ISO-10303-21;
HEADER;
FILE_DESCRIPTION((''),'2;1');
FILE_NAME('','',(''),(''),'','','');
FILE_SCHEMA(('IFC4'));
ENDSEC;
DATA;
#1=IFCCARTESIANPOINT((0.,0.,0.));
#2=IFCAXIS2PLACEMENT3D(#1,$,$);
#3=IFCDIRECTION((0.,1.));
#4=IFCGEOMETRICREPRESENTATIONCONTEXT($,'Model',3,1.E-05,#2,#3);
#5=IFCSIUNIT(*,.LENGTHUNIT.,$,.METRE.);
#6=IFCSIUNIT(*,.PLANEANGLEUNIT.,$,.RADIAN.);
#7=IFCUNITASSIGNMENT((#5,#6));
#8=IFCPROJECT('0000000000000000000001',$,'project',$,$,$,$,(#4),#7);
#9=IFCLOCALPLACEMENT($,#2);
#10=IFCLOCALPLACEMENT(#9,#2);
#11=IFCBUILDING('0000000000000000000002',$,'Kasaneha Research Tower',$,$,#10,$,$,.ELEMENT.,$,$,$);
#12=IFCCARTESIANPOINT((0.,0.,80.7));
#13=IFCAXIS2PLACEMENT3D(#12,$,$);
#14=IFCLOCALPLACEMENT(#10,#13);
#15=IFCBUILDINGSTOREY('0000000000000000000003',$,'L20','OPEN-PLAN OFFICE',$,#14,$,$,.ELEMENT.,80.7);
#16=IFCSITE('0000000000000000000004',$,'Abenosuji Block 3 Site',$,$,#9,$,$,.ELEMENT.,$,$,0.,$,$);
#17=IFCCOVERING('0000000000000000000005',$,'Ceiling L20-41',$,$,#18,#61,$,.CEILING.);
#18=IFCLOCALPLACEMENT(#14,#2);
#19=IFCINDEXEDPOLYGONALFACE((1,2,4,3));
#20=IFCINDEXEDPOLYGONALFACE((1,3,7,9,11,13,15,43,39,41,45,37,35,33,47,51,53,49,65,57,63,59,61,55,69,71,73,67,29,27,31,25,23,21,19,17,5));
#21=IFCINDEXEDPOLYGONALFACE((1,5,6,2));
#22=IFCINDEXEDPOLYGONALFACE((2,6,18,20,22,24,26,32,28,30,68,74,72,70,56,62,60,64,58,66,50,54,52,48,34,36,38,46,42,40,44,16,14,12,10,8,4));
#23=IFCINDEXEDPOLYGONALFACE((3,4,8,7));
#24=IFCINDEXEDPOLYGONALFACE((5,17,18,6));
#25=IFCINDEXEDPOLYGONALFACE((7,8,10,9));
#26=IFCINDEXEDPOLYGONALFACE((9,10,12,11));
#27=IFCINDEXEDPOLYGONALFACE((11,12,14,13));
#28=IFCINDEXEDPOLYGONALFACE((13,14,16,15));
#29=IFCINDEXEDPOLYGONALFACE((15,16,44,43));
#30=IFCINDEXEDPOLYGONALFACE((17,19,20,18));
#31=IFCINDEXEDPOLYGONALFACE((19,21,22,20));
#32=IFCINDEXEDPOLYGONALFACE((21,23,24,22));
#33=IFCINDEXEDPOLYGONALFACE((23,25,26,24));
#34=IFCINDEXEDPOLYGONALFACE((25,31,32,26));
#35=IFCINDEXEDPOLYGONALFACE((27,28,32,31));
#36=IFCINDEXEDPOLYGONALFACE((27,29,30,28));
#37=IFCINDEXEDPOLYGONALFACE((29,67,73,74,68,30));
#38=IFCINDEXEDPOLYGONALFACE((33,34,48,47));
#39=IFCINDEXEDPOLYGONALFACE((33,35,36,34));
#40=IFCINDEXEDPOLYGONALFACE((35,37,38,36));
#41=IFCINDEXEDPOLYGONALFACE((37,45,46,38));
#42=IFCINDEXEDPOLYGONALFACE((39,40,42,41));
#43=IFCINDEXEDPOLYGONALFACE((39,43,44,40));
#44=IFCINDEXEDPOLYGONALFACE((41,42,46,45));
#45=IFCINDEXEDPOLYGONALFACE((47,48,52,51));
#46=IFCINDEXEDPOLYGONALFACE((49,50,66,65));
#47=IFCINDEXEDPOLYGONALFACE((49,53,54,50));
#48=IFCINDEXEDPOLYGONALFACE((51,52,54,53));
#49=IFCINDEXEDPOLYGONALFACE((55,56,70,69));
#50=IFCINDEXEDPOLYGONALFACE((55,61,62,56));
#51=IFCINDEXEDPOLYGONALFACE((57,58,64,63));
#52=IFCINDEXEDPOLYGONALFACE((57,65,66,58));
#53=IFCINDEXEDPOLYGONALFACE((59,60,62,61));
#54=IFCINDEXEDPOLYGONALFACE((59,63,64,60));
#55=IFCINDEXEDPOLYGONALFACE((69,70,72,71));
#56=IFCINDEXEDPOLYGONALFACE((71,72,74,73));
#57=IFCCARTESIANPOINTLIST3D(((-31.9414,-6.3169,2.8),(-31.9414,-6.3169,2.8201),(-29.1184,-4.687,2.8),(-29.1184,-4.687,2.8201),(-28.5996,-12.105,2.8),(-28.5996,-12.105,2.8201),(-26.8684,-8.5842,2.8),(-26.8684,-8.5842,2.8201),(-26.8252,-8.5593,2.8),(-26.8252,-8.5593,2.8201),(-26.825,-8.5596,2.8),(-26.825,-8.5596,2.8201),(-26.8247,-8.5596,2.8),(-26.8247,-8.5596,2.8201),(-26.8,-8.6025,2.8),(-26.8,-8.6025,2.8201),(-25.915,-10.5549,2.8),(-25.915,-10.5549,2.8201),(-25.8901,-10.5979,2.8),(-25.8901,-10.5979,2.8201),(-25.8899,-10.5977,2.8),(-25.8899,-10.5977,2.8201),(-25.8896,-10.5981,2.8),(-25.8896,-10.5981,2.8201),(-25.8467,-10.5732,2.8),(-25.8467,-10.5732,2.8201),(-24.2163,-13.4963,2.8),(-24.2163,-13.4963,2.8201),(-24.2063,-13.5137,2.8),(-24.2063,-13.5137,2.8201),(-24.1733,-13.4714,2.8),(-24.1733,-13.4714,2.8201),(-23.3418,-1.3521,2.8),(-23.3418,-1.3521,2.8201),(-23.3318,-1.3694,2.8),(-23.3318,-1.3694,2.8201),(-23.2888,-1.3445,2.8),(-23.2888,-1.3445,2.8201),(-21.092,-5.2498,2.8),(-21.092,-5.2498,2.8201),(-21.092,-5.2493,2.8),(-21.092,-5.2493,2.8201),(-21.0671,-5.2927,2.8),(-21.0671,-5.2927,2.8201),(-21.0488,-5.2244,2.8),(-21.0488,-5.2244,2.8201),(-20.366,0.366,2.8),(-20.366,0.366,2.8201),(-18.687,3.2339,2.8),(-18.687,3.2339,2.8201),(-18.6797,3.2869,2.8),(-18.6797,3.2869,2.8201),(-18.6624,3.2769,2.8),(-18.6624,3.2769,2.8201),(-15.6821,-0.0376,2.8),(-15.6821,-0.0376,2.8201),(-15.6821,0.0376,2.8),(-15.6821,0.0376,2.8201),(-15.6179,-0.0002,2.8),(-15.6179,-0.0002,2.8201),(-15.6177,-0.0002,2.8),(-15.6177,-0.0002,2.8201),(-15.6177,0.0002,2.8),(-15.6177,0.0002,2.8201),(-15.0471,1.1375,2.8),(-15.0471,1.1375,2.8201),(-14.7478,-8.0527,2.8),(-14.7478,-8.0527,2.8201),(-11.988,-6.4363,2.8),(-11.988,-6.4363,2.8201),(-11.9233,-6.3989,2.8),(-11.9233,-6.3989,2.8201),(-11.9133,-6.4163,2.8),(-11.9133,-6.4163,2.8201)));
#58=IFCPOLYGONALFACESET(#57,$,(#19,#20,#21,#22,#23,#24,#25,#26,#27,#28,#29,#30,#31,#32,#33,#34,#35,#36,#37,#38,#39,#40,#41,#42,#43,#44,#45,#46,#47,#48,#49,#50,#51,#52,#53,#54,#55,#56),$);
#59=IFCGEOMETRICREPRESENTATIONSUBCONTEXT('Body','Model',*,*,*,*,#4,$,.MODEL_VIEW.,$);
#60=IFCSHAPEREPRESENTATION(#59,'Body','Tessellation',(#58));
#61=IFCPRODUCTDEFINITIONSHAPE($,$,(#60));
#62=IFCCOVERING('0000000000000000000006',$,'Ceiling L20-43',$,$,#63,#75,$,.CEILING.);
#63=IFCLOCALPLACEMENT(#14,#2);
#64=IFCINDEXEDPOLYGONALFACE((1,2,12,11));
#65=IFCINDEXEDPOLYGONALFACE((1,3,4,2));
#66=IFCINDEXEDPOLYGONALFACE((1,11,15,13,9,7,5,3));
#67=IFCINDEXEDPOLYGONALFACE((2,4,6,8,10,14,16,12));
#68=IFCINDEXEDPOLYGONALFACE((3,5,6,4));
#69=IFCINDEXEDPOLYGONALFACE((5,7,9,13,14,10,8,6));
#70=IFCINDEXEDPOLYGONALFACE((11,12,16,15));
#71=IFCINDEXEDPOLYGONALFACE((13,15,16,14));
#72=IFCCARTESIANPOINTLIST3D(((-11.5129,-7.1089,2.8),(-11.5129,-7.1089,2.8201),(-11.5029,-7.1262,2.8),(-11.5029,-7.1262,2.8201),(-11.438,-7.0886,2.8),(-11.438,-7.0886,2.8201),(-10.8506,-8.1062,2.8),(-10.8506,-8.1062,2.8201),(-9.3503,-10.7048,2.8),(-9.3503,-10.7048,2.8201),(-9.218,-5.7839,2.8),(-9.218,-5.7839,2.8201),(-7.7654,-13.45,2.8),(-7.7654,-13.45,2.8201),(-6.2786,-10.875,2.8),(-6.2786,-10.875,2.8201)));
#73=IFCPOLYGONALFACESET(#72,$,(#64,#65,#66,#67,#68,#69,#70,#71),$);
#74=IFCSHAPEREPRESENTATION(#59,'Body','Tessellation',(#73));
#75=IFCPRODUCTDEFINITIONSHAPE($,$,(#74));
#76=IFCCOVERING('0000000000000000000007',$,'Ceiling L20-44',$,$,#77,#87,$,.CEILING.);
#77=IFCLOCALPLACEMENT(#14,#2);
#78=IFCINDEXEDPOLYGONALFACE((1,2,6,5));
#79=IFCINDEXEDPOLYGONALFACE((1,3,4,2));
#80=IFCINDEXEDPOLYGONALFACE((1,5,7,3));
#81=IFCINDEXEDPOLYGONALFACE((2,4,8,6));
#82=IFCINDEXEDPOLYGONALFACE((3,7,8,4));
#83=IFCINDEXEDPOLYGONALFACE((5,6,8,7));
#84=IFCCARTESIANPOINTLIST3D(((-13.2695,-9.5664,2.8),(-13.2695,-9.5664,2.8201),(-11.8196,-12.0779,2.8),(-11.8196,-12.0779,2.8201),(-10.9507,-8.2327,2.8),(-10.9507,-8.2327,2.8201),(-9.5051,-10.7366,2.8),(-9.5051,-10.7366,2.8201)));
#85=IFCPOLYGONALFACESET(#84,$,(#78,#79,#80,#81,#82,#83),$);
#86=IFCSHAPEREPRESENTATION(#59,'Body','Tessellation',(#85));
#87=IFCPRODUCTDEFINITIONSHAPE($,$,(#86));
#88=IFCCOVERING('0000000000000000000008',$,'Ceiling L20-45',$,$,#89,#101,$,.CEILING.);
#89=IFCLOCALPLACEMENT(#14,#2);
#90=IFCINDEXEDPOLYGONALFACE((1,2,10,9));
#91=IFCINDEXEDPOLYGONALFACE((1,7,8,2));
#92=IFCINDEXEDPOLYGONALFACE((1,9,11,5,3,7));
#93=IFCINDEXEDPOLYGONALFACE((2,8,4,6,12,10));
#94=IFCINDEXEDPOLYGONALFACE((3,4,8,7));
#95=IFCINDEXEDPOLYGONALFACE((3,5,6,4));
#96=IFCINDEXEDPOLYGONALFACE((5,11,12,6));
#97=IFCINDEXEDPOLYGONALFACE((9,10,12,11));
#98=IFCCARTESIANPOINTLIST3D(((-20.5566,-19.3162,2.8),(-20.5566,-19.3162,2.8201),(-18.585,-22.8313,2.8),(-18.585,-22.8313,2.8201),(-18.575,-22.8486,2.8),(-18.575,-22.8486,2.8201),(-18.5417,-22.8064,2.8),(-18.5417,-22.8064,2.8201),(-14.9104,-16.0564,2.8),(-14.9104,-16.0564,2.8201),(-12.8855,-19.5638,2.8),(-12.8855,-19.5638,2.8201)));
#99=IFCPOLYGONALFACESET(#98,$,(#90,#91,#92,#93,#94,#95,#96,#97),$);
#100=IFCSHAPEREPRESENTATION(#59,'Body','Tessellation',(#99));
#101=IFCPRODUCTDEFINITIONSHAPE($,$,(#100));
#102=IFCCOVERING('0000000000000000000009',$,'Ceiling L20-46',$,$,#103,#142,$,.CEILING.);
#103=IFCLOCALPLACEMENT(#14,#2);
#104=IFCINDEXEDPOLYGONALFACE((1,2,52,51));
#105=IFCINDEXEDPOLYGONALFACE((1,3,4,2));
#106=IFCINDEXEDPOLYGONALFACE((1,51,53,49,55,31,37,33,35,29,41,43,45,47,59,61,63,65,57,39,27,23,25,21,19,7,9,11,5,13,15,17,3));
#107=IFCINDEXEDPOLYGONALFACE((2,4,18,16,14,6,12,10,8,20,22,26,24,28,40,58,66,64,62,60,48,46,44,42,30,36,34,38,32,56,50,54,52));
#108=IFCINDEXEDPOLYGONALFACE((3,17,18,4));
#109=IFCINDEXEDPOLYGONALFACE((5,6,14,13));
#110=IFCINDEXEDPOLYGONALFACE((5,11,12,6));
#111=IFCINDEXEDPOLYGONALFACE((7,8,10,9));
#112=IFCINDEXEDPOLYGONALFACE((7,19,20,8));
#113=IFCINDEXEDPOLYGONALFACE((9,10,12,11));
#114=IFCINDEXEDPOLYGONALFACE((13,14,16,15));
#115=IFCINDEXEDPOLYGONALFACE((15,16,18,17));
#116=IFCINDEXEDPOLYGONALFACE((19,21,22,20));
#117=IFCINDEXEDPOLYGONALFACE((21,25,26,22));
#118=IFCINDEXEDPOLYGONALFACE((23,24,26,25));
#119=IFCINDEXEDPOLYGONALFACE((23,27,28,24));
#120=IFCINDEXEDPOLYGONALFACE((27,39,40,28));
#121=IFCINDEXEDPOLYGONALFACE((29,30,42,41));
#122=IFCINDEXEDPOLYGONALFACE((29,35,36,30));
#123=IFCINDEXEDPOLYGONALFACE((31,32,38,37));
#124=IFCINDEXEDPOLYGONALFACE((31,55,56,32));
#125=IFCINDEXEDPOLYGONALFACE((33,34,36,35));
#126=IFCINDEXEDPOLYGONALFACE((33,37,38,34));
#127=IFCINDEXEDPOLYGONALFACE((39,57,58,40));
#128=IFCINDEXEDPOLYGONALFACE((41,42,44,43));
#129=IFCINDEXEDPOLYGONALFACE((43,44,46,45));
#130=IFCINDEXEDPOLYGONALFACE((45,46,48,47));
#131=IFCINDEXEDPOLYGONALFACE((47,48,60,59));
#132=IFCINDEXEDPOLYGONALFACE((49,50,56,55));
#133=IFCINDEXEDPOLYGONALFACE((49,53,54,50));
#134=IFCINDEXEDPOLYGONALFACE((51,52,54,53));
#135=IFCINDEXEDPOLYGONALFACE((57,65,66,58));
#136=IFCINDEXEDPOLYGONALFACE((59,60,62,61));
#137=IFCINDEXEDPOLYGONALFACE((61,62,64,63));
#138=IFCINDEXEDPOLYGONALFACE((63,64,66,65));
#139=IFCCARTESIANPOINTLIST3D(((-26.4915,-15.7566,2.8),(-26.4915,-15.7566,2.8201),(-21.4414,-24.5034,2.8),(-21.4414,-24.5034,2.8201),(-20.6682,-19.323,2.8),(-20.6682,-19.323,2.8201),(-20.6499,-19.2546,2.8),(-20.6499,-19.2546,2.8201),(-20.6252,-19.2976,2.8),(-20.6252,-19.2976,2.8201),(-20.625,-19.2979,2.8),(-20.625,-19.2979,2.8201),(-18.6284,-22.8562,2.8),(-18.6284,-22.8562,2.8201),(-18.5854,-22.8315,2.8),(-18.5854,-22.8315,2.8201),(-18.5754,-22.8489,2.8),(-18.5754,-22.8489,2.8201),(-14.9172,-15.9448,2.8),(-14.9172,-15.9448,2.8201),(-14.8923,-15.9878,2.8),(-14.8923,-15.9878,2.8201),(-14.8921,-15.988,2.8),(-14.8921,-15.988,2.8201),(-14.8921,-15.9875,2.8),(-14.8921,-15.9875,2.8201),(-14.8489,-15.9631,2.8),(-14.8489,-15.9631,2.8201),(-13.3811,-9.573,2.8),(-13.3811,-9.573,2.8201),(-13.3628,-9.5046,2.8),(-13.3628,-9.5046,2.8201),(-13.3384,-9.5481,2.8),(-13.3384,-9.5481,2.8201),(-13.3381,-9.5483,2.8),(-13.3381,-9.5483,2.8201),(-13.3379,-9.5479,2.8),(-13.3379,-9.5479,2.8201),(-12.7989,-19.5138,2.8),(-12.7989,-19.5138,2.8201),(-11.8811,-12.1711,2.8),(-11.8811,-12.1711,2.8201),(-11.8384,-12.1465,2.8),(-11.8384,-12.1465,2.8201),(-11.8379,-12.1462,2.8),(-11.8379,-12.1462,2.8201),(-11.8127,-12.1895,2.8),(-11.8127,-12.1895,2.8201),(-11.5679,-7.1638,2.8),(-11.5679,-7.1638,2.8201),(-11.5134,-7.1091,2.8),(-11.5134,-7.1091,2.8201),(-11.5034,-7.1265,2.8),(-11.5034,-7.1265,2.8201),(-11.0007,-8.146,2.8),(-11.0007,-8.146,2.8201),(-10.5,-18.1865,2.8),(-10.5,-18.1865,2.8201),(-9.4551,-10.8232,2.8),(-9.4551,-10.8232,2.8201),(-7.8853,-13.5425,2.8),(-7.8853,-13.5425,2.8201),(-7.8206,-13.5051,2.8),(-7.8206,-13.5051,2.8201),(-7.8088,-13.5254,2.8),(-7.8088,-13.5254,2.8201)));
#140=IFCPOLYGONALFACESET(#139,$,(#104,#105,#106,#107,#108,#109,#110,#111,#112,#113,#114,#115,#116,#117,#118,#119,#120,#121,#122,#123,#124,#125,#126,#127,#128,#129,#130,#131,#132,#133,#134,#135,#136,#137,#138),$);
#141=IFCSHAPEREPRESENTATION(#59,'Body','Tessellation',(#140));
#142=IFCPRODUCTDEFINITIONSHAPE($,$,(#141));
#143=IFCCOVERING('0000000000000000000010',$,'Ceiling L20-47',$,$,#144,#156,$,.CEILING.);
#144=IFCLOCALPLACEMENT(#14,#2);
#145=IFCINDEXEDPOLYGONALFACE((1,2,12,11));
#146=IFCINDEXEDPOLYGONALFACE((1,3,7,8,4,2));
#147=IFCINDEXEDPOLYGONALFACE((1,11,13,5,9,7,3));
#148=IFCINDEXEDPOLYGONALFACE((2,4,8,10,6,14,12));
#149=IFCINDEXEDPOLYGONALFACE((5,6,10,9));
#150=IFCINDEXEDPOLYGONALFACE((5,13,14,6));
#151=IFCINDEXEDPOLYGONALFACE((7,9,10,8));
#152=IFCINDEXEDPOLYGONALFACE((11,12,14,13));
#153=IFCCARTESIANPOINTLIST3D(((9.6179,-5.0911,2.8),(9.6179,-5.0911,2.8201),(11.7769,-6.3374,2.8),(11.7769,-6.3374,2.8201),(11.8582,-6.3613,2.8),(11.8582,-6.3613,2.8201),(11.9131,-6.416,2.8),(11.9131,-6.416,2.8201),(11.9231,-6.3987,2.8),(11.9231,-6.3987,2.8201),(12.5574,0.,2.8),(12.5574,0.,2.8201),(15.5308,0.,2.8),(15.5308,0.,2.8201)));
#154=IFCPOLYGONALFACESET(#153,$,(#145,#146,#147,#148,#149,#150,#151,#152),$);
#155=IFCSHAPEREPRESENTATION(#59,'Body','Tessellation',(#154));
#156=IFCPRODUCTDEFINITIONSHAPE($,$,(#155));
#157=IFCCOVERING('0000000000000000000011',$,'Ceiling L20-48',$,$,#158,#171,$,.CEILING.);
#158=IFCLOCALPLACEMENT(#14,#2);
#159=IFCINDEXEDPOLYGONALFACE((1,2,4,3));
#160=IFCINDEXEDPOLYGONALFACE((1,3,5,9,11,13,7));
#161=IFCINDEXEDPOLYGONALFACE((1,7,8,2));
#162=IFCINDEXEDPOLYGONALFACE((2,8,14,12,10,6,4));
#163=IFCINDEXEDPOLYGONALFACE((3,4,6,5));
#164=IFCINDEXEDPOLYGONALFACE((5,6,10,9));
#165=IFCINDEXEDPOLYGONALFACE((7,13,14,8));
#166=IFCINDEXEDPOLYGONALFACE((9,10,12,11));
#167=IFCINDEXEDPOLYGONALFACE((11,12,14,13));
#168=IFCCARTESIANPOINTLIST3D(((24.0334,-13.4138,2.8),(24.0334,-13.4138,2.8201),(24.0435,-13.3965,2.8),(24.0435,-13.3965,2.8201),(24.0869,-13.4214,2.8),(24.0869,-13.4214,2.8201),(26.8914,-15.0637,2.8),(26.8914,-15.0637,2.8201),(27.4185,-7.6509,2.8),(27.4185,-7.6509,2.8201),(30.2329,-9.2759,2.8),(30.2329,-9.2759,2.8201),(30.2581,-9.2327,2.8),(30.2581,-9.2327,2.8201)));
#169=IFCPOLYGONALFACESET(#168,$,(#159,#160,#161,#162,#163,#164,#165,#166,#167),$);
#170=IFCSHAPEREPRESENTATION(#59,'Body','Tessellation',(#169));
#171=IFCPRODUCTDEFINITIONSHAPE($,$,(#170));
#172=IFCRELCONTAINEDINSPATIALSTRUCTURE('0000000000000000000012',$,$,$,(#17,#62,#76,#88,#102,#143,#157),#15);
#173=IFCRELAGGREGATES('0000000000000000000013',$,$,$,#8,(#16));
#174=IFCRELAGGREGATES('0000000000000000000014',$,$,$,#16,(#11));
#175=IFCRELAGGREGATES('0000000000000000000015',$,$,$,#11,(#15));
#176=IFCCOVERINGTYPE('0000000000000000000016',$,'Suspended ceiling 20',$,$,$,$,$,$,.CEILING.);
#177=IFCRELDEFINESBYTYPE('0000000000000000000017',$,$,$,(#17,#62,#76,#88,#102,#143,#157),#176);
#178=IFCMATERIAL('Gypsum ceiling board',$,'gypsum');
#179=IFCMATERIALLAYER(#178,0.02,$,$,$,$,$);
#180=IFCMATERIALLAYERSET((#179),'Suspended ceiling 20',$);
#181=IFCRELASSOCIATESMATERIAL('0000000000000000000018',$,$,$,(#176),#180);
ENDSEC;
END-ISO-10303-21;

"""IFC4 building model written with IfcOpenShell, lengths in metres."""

from ifc_helpers import new_model, si_unit, direction, frame, origin, place, context, subcontext, project, spatial, polyline, outline, extrude, material, layer, layer_set, type_object, element, save


model = new_model("IFC4")

# Units and contexts
model_context = context("Model", 3, precision=1e-05, world=origin(), true_north=direction((0.0, 1.0)))
body_context = subcontext(model_context, "Body", "Model", "MODEL_VIEW")
ifc_project = project(units=[si_unit("LENGTHUNIT", "METRE"), si_unit("PLANEANGLEUNIT", "RADIAN")], contexts=[model_context])

# Site, building, storey
site_placement = place(None, origin())
site = spatial("IfcSite", under=ifc_project, at=site_placement, Name="Abenosuji Block 3 Site", CompositionType="ELEMENT", RefElevation=0.0)
building_placement = place(site_placement, origin())
building = spatial("IfcBuilding", under=site, at=building_placement, Name="Kasaneha Research Tower", CompositionType="ELEMENT")
storey_placement = place(building_placement, frame((0.0, 0.0, 80.7)))
storey = spatial("IfcBuildingStorey", under=building, at=storey_placement, Name="L20", Description="OPEN-PLAN OFFICE", CompositionType="ELEMENT", Elevation=80.7)

# Coverings
ifc_material_1 = material(Name="Gypsum ceiling board", Category="gypsum")
ifc_layer_1 = layer(ifc_material_1, 0.02)
ifc_layer_set_1 = layer_set([ifc_layer_1], Name="Suspended ceiling 20")
covering_type = type_object("IfcCoveringType", Name="Suspended ceiling 20", PredefinedType="CEILING", material=ifc_layer_set_1)
covering_1_placement = place(storey_placement, frame((0.0, 0.0, 2.8)))
element("IfcCovering", 1, at=covering_1_placement, inside=storey, type_object=covering_type, Name="Ceiling L20-41", PredefinedType="CEILING", context=body_context, shape_type="SweptSolid", body=[
    extrude(outline(polyline([(-25.8901, -10.5979), (-25.915, -10.5549), (-28.5996, -12.105), (-31.9414, -6.3169), (-29.1184, -4.687), (-26.8684, -8.5842), (-26.8252, -8.5593), (-26.825, -8.5596), (-26.8247, -8.5596), (-26.8, -8.6025), (-21.0671, -5.2927), (-21.092, -5.2498), (-21.092, -5.2498), (-21.092, -5.2493), (-21.0488, -5.2244), (-23.2888, -1.3445), (-23.3318, -1.3694), (-23.3418, -1.3521), (-20.366, 0.366), (-18.6797, 3.2869), (-18.6624, 3.2769), (-18.687, 3.2339), (-15.0471, 1.1375), (-15.6821, 0.0376), (-15.6177, 0.0002), (-15.6179, -0.0002), (-15.6177, -0.0002), (-15.6821, -0.0376), (-11.988, -6.4363), (-11.9233, -6.3989), (-11.9133, -6.4163), (-14.7478, -8.0527), (-24.2063, -13.5137), (-24.2163, -13.4963), (-24.1733, -13.4714), (-25.8467, -10.5732), (-25.8896, -10.5981), (-25.8899, -10.5977), (-25.8901, -10.5979)])), origin(), (0.0, 0.0, 1.0), 0.02),
])
covering_2_placement = place(storey_placement, frame((0.0, 0.0, 2.8)))
element("IfcCovering", 2, at=covering_2_placement, inside=storey, type_object=covering_type, Name="Ceiling L20-43", PredefinedType="CEILING", context=body_context, shape_type="SweptSolid", body=[
    extrude(outline(polyline([(-7.7654, -13.45), (-9.3503, -10.7048), (-9.3503, -10.7048), (-10.8506, -8.1062), (-10.8506, -8.1062), (-11.438, -7.0886), (-11.5029, -7.1262), (-11.5129, -7.1089), (-9.218, -5.7839), (-6.2786, -10.875), (-7.7654, -13.45)])), origin(), (0.0, 0.0, 1.0), 0.02),
])
covering_3_placement = place(storey_placement, frame((0.0, 0.0, 2.8)))
element("IfcCovering", 3, at=covering_3_placement, inside=storey, type_object=covering_type, Name="Ceiling L20-44", PredefinedType="CEILING", context=body_context, shape_type="SweptSolid", body=[
    extrude(outline(polyline([(-10.9507, -8.2327), (-9.5051, -10.7366), (-11.8196, -12.0779), (-13.2695, -9.5664), (-10.9507, -8.2327)])), origin(), (0.0, 0.0, 1.0), 0.02),
])
covering_4_placement = place(storey_placement, frame((0.0, 0.0, 2.8)))
element("IfcCovering", 4, at=covering_4_placement, inside=storey, type_object=covering_type, Name="Ceiling L20-45", PredefinedType="CEILING", context=body_context, shape_type="SweptSolid", body=[
    extrude(outline(polyline([(-18.575, -22.8486), (-18.585, -22.8313), (-18.5417, -22.8064), (-20.5566, -19.3162), (-14.9104, -16.0564), (-12.8855, -19.5637), (-12.8423, -19.5388), (-12.8423, -19.5388), (-18.575, -22.8486)])), origin(), (0.0, 0.0, 1.0), 0.02),
])
covering_5_placement = place(storey_placement, frame((0.0, 0.0, 2.8)))
element("IfcCovering", 5, at=covering_5_placement, inside=storey, type_object=covering_type, Name="Ceiling L20-46", PredefinedType="CEILING", context=body_context, shape_type="SweptSolid", body=[
    extrude(outline(polyline([(-13.3384, -9.5481), (-13.3381, -9.5483), (-13.3811, -9.573), (-11.8811, -12.1711), (-11.8384, -12.1465), (-11.8384, -12.1465), (-11.8379, -12.1462), (-11.8127, -12.1895), (-9.4551, -10.8232), (-7.8853, -13.5425), (-7.8206, -13.5051), (-7.8088, -13.5254), (-10.5, -18.1865), (-12.8418, -19.5386), (-12.8418, -19.5386), (-12.7988, -19.5139), (-14.8489, -15.9631), (-14.8921, -15.988), (-14.8921, -15.9875), (-14.8923, -15.9878), (-14.9172, -15.9448), (-20.6499, -19.2546), (-20.6252, -19.2976), (-20.6252, -19.2976), (-20.625, -19.2979), (-20.6682, -19.323), (-18.6284, -22.8562), (-18.5854, -22.8315), (-18.5754, -22.8489), (-21.4414, -24.5034), (-26.4915, -15.7566), (-11.5134, -7.1091), (-11.5034, -7.1265), (-11.5679, -7.1638), (-11.0007, -8.146), (-13.3628, -9.5046), (-13.3379, -9.5479), (-13.3384, -9.5481)])), origin(), (0.0, 0.0, 1.0), 0.02),
])
covering_6_placement = place(storey_placement, frame((0.0, 0.0, 2.8)))
element("IfcCovering", 6, at=covering_6_placement, inside=storey, type_object=covering_type, Name="Ceiling L20-47", PredefinedType="CEILING", context=body_context, shape_type="SweptSolid", body=[
    extrude(outline(polyline([(9.6179, -5.0911), (12.5574, 0.0), (15.5308, 0.0), (15.5308, 0.0), (11.8582, -6.3613), (11.9231, -6.3987), (11.9131, -6.416), (11.7769, -6.3374), (9.6179, -5.0911)])), origin(), (0.0, 0.0, 1.0), 0.02),
])
covering_7_placement = place(storey_placement, frame((0.0, 0.0, 2.8)))
element("IfcCovering", 7, at=covering_7_placement, inside=storey, type_object=covering_type, Name="Ceiling L20-48", PredefinedType="CEILING", context=body_context, shape_type="SweptSolid", body=[
    extrude(outline(polyline([(24.0334, -13.4138), (24.0435, -13.3965), (24.0869, -13.4214), (27.4185, -7.6509), (30.2329, -9.2759), (30.2581, -9.2327), (30.2581, -9.2327), (26.8914, -15.0637), (24.0334, -13.4138)])), origin(), (0.0, 0.0, 1.0), 0.02),
])

save(model, "model.ifc")
